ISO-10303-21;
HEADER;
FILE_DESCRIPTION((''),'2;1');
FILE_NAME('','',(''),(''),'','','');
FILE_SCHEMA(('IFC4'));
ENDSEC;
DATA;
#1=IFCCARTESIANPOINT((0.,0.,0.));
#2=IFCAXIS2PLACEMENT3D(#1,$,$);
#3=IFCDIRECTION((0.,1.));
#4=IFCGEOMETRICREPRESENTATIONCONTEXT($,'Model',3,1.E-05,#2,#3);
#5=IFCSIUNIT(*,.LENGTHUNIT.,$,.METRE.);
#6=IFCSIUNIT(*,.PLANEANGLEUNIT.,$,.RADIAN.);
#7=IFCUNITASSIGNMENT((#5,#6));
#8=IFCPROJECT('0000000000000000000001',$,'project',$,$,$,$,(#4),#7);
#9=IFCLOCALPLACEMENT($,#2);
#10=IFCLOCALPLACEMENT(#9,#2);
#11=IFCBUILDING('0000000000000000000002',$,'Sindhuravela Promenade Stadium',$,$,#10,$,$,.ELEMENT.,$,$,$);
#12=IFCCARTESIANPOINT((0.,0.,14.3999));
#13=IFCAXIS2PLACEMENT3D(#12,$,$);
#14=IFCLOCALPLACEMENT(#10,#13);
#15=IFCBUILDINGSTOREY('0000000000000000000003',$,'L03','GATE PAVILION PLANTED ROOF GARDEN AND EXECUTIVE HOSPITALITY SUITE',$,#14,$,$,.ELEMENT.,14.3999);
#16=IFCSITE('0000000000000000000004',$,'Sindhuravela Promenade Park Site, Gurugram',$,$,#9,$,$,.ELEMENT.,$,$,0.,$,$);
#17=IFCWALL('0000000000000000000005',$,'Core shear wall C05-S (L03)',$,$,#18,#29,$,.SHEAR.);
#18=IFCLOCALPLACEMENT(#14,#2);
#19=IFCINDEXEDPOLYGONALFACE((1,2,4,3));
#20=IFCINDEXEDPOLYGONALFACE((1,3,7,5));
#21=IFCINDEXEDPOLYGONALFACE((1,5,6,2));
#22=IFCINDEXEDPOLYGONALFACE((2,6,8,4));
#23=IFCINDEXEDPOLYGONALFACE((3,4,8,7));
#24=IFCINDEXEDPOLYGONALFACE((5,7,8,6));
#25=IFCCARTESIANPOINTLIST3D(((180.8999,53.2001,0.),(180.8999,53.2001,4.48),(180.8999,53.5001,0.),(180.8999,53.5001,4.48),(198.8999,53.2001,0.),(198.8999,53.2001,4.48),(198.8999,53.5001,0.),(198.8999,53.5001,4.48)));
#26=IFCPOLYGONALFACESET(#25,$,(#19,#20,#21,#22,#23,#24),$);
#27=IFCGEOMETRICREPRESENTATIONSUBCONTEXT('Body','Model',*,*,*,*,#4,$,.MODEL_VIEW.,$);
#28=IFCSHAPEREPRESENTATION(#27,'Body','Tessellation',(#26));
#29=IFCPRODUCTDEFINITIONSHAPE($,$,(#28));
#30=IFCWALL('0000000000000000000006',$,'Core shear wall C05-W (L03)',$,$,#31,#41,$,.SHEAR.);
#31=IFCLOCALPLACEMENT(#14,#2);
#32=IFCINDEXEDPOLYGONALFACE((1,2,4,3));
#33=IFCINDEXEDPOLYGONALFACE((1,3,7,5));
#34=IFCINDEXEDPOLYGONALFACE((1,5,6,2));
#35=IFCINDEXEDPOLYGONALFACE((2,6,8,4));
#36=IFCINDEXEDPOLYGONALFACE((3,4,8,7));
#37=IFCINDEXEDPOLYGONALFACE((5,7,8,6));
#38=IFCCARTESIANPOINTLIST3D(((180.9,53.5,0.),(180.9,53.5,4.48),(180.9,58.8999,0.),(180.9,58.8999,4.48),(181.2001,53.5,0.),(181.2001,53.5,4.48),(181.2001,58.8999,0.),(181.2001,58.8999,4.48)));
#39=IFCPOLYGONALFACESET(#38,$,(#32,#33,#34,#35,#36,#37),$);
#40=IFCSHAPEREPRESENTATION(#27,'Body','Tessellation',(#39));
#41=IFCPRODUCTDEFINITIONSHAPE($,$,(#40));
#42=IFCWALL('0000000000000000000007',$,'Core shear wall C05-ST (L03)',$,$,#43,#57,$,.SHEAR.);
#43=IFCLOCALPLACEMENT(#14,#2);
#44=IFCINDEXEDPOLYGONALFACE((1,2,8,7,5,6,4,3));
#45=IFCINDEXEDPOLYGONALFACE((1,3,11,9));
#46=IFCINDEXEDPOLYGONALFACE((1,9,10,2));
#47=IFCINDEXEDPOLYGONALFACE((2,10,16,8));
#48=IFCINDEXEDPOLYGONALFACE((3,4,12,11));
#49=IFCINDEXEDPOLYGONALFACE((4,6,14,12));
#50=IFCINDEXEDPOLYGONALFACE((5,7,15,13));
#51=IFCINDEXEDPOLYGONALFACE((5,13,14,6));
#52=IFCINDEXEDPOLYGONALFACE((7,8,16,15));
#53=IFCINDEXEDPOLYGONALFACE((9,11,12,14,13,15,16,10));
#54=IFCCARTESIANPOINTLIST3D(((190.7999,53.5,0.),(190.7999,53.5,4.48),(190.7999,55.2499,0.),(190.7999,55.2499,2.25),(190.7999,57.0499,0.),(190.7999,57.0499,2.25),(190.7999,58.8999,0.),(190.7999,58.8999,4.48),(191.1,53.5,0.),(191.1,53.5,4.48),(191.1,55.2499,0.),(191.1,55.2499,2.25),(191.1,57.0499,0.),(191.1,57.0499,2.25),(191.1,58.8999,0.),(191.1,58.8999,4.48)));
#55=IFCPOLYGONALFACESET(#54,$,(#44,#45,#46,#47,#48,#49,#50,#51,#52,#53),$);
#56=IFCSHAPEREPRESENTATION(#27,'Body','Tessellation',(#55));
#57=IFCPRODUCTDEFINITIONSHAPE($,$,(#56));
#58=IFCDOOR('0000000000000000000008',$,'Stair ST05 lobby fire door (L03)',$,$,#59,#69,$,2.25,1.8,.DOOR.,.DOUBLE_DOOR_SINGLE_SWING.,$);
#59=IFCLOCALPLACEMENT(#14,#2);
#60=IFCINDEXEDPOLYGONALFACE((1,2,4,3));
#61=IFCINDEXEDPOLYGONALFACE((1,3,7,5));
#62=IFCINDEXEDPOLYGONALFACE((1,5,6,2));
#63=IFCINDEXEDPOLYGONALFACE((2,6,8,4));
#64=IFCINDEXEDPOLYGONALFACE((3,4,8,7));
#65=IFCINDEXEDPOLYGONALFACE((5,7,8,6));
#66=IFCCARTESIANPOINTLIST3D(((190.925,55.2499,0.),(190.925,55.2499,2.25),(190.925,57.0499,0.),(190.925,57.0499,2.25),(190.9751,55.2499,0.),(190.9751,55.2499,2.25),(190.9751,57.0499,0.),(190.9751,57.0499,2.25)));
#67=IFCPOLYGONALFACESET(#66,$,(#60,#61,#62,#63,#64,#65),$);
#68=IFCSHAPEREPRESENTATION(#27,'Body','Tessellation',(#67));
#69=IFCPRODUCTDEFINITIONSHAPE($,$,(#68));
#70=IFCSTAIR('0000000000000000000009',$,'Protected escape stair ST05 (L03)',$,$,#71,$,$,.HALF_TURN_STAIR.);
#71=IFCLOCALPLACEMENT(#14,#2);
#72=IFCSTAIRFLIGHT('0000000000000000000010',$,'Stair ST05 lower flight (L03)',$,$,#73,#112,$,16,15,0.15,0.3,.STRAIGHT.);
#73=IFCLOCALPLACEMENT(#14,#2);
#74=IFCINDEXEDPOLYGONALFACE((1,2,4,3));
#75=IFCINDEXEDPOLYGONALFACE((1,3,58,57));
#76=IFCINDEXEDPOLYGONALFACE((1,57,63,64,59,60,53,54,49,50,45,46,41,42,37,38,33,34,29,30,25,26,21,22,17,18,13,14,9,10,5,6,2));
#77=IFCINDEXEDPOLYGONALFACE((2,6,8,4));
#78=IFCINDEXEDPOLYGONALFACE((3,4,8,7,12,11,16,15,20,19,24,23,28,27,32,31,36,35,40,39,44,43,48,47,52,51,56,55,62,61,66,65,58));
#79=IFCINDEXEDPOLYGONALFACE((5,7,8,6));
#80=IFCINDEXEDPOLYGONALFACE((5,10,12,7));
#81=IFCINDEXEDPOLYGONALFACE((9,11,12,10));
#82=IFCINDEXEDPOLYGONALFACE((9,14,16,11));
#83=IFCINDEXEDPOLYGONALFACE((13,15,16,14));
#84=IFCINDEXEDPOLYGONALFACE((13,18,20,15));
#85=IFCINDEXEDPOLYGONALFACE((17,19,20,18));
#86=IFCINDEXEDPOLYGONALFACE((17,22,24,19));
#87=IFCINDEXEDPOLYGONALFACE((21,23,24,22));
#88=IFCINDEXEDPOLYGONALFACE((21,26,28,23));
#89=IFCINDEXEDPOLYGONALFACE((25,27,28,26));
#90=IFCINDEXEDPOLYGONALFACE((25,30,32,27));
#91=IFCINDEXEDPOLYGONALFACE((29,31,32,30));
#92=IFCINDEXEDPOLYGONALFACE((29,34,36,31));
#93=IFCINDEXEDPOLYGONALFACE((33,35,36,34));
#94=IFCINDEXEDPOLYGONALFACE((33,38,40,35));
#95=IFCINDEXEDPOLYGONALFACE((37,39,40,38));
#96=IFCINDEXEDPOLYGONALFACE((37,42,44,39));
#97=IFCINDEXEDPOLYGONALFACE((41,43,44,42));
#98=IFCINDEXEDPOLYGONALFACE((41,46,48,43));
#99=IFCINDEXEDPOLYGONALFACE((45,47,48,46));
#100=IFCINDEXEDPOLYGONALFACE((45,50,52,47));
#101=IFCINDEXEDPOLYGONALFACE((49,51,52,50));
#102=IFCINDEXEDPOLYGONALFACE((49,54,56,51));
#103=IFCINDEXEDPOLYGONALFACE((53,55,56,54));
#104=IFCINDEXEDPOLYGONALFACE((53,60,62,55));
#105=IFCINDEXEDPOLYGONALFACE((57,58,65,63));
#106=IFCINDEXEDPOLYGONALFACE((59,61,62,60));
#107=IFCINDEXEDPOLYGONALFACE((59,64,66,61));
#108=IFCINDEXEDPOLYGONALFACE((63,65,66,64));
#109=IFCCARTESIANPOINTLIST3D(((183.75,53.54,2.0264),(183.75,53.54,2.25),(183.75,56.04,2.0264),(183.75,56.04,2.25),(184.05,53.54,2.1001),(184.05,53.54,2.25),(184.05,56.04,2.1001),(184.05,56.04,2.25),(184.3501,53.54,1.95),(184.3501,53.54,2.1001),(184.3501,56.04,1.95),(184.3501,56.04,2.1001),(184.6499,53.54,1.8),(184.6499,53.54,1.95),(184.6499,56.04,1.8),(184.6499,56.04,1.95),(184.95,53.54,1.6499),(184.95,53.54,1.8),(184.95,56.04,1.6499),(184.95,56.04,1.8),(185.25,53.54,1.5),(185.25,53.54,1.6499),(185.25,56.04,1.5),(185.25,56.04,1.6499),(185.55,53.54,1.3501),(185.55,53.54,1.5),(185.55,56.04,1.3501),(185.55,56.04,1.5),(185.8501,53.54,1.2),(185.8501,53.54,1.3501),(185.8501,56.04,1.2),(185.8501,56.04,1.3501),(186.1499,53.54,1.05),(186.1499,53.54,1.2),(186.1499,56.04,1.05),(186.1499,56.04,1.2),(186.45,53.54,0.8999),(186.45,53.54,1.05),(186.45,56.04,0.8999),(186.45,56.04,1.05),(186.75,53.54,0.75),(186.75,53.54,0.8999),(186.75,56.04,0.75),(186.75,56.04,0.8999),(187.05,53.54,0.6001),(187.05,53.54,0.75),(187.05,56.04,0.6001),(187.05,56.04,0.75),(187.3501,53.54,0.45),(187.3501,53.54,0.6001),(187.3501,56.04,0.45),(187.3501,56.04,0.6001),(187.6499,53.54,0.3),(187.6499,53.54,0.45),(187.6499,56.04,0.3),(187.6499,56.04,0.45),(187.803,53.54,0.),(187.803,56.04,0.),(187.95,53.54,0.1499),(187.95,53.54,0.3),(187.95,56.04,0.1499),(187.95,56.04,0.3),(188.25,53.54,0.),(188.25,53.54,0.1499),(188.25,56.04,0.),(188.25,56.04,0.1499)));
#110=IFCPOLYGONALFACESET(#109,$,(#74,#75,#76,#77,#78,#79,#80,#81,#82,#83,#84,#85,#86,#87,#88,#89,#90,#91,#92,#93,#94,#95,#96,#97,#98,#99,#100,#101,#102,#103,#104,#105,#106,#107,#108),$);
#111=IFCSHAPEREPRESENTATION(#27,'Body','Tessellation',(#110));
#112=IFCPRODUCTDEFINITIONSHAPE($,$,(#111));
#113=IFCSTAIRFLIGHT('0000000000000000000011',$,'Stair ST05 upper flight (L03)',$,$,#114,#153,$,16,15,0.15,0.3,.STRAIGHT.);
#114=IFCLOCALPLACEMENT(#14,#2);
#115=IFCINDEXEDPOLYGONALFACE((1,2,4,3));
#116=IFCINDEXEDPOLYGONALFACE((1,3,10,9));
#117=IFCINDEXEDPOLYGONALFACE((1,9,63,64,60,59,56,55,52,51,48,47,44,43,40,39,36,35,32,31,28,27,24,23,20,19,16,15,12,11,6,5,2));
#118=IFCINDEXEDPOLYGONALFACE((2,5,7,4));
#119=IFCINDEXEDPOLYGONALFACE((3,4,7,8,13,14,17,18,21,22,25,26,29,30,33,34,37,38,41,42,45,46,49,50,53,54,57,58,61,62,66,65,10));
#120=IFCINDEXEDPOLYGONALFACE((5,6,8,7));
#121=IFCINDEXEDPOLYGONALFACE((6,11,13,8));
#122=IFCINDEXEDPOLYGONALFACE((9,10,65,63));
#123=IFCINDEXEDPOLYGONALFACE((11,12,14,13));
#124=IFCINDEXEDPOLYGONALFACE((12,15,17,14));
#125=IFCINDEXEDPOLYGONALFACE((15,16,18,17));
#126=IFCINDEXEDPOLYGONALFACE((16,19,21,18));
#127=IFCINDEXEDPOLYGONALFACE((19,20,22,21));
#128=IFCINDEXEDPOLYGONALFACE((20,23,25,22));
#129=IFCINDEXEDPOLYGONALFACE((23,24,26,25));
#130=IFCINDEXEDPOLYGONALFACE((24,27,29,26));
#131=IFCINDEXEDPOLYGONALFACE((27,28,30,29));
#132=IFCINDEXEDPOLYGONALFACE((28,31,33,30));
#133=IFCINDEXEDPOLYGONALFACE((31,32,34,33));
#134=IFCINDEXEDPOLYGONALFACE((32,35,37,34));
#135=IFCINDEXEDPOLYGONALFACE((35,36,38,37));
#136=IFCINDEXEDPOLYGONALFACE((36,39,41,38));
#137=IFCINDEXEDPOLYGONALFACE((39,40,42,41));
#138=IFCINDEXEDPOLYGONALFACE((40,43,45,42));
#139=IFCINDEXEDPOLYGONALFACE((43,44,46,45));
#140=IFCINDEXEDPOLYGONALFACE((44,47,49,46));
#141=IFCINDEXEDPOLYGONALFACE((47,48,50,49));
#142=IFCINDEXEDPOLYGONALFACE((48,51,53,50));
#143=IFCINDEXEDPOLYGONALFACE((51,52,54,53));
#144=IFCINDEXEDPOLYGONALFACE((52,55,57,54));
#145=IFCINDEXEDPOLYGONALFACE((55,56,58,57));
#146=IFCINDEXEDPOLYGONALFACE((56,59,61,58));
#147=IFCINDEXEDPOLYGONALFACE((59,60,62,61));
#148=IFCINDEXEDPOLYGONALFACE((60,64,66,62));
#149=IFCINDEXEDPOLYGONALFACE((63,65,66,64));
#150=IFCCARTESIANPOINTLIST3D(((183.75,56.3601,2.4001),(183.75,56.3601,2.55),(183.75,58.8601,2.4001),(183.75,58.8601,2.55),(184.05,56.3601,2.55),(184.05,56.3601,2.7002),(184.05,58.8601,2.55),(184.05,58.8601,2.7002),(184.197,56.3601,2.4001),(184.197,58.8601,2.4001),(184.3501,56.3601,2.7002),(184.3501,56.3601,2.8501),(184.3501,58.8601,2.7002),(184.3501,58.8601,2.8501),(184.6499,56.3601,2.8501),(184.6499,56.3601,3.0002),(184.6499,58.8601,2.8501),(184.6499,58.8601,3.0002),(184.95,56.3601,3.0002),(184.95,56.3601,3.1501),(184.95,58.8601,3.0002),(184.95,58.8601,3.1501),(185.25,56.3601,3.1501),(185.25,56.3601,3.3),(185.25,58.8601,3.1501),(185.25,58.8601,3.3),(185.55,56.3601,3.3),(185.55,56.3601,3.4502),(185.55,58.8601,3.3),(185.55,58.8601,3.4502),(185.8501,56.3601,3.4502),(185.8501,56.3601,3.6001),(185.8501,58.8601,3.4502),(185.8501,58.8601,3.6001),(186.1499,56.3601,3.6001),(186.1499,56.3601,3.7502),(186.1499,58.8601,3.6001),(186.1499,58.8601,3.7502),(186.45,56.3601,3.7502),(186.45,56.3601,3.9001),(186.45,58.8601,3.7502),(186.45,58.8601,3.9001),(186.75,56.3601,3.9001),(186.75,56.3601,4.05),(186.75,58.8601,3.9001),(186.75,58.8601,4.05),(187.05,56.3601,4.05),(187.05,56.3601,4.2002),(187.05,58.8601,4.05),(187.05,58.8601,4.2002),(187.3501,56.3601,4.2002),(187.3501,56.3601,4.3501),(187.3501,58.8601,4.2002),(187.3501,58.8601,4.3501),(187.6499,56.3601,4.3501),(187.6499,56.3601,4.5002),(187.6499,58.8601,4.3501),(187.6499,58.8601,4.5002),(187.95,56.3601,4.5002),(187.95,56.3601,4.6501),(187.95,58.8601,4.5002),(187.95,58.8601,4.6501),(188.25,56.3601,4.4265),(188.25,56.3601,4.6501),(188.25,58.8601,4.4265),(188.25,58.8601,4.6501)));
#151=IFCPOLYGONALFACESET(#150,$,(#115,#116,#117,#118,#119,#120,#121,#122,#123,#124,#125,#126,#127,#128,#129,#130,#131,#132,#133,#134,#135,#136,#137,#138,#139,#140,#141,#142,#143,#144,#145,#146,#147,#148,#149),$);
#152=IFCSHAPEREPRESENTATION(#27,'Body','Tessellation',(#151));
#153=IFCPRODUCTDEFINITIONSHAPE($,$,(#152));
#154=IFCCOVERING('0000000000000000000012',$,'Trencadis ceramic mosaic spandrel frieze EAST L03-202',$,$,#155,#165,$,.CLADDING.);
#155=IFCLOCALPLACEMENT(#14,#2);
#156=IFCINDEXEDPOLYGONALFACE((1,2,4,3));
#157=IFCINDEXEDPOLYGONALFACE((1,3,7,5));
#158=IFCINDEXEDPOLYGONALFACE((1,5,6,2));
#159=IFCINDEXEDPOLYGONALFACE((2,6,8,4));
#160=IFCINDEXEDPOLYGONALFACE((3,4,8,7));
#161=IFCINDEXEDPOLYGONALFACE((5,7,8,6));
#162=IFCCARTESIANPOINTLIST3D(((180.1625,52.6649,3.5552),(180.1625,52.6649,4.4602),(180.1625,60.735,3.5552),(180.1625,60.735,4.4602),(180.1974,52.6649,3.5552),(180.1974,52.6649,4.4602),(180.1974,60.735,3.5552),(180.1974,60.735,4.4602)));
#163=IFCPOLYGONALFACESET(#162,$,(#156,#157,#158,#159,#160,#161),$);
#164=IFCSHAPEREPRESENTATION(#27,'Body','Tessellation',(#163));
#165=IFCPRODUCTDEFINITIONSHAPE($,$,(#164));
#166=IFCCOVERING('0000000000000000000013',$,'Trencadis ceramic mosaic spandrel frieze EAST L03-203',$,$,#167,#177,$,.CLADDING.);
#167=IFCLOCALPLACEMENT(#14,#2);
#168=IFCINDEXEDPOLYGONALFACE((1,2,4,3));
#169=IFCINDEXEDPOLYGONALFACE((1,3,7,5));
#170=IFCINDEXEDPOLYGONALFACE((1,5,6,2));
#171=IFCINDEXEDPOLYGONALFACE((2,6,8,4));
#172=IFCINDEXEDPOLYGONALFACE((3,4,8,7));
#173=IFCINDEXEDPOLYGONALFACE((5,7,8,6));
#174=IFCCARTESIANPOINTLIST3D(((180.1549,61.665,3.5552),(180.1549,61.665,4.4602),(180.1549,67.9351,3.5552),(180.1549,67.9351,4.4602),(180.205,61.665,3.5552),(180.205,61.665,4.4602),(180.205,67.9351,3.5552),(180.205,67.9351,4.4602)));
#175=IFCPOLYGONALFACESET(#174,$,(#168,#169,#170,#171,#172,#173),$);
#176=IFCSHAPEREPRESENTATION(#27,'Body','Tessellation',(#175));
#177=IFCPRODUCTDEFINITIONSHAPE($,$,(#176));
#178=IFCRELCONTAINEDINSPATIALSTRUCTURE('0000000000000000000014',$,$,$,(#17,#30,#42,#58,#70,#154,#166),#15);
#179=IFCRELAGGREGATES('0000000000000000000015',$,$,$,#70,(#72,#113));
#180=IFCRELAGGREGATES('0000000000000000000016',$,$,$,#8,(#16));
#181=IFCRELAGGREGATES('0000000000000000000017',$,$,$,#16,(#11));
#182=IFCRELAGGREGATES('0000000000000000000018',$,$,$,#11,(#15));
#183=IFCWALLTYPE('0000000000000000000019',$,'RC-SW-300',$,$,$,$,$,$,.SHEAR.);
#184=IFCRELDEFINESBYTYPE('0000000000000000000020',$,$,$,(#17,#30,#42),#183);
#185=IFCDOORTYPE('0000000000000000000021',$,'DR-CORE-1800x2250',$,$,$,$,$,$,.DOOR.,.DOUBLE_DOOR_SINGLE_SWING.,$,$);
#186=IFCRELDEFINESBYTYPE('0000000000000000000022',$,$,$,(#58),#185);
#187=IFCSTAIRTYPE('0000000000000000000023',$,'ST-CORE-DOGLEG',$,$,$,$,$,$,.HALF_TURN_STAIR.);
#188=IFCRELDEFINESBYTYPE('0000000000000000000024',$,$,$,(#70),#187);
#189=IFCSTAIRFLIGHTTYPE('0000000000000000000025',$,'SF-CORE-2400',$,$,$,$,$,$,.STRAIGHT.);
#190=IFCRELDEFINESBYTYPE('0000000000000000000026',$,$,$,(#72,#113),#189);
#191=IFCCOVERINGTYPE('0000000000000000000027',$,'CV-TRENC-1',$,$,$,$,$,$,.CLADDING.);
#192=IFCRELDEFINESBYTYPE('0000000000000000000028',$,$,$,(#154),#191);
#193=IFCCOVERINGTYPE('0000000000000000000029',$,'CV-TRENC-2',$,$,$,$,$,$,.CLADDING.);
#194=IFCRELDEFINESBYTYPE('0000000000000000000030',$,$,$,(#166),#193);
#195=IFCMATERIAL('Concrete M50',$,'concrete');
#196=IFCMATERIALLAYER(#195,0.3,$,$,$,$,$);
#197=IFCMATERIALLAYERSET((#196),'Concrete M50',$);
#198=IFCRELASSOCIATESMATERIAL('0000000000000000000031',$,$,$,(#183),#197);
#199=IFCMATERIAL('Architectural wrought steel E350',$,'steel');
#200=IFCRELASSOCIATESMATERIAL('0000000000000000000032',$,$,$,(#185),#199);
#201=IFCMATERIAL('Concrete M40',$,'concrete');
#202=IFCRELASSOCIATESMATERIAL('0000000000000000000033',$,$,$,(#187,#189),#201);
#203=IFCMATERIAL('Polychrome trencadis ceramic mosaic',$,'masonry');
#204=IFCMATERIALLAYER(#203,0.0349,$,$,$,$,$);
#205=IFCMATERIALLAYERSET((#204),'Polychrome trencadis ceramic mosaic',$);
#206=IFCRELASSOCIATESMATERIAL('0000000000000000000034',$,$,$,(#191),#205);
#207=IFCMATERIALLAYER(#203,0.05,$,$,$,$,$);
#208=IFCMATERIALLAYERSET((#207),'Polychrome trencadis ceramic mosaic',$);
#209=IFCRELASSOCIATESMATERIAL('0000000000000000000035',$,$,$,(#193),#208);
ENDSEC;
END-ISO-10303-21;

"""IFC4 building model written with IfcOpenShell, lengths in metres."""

from ifc_helpers import new_model, si_unit, direction, frame, frame_2d, origin, origin_2d, place, context, subcontext, project, spatial, polyline, rectangle, outline, extrude, material, layer, layer_set, type_object, element, fill, aggregate, save


model = new_model("IFC4")

# Units and contexts
model_context = context("Model", 3, precision=1e-05, world=origin(), true_north=direction((0.0, 1.0)))
body_context = subcontext(model_context, "Body", "Model", "MODEL_VIEW")
ifc_project = project(units=[si_unit("LENGTHUNIT", "METRE"), si_unit("PLANEANGLEUNIT", "RADIAN")], contexts=[model_context])

# Site, building, storey
site_placement = place(None, origin())
site = spatial("IfcSite", under=ifc_project, at=site_placement, Name="Sindhuravela Promenade Park Site, Gurugram", CompositionType="ELEMENT", RefElevation=0.0)
building_placement = place(site_placement, origin())
building = spatial("IfcBuilding", under=site, at=building_placement, Name="Sindhuravela Promenade Stadium", CompositionType="ELEMENT")
storey_placement = place(building_placement, frame((0.0, 0.0, 14.3999)))
storey = spatial("IfcBuildingStorey", under=building, at=storey_placement, Name="L03", Description="GATE PAVILION PLANTED ROOF GARDEN AND EXECUTIVE HOSPITALITY SUITE", CompositionType="ELEMENT", Elevation=14.3999)

# Shared definitions
ifc_material_1 = material(Name="Concrete M40", Category="concrete")

# Walls
ifc_material_2 = material(Name="Concrete M50", Category="concrete")
ifc_layer_1 = layer(ifc_material_2, 0.3)
ifc_layer_set_1 = layer_set([ifc_layer_1], Name="Concrete M50")
wall_type_1 = type_object("IfcWallType", Name="RC-SW-300", PredefinedType="SHEAR", material=ifc_layer_set_1)
wall_1_placement = place(storey_placement, frame((180.8999, 53.3501, 0.0), z_axis=(0.0, 0.0, 1.0), x_axis=(1.0, 0.0, 0.0)))
element("IfcWall", 1, at=wall_1_placement, inside=storey, type_object=wall_type_1, Name="Core shear wall C05-S (L03)", PredefinedType="SHEAR", context=body_context, shape_type="SweptSolid", body=[
    extrude(rectangle(XDim=18.0, YDim=0.3, at=frame_2d((9.0, 0.0))), origin(), (0.0, 0.0, 1.0), 4.48),
])
wall_2_placement = place(storey_placement, frame((181.05, 58.8999, 0.0), z_axis=(0.0, 0.0, 1.0), x_axis=(0.0, -1.0, 0.0)))
element("IfcWall", 2, at=wall_2_placement, inside=storey, type_object=wall_type_1, Name="Core shear wall C05-W (L03)", PredefinedType="SHEAR", context=body_context, shape_type="SweptSolid", body=[
    extrude(rectangle(XDim=5.3999, YDim=0.3, at=frame_2d((2.7, 0.0))), origin(), (0.0, 0.0, 1.0), 4.48),
])

# Wall, opening, door
wall_3_placement = place(storey_placement, frame((190.95, 53.5, 0.0), z_axis=(0.0, 0.0, 1.0), x_axis=(0.0, 1.0, 0.0)))
wall_3 = element("IfcWall", 3, at=wall_3_placement, inside=storey, type_object=wall_type_1, Name="Core shear wall C05-ST (L03)", PredefinedType="SHEAR", context=body_context, shape_type="SweptSolid", body=[
    extrude(rectangle(XDim=5.3999, YDim=0.3, at=frame_2d((2.7, 0.0))), origin(), (0.0, 0.0, 1.0), 4.48),
])
opening_1_placement = place(wall_3_placement, frame((1.75, 0.0, 0.0)))
opening_1 = element("IfcOpeningElement", 4, at=opening_1_placement, cuts=wall_3, PredefinedType="OPENING", context=body_context, shape_type="SweptSolid", body=[
    extrude(rectangle(XDim=1.8, YDim=2.25, at=frame_2d((0.8999, 1.125))), frame((0.0, 0.1599, 0.0), z_axis=(0.0, -1.0, 0.0), x_axis=(1.0, 0.0, 0.0)), (0.0, 0.0, 1.0), 0.3201),
])
ifc_material_3 = material(Name="Architectural wrought steel E350", Category="steel")
door_type_1 = type_object("IfcDoorType", Name="DR-CORE-1800x2250", OperationType="DOUBLE_DOOR_SINGLE_SWING", PredefinedType="DOOR", material=ifc_material_3)
door_1_placement = place(opening_1_placement, origin())
door_1 = element("IfcDoor", 5, at=door_1_placement, inside=storey, type_object=door_type_1, Name="Stair ST05 lobby fire door (L03)", OperationType="DOUBLE_DOOR_SINGLE_SWING", OverallHeight=2.25, OverallWidth=1.8, PredefinedType="DOOR", context=body_context, shape_type="SweptSolid", body=[
    extrude(rectangle(XDim=1.8, YDim=2.25, at=frame_2d((0.8999, 1.125))), frame((0.0, 0.0249, 0.0), z_axis=(0.0, -1.0, 0.0), x_axis=(1.0, 0.0, 0.0)), (0.0, 0.0, 1.0), 0.05),
])
fill(opening_1, door_1)

# Stair, stair flights
stair_type = type_object("IfcStairType", Name="ST-CORE-DOGLEG", PredefinedType="HALF_TURN_STAIR", material=ifc_material_1)
stair_placement = place(storey_placement, origin())
stair = element("IfcStair", 6, at=stair_placement, inside=storey, type_object=stair_type, Name="Protected escape stair ST05 (L03)", PredefinedType="HALF_TURN_STAIR")
stair_flight_type = type_object("IfcStairFlightType", Name="SF-CORE-2400", PredefinedType="STRAIGHT", material=ifc_material_1)
stair_flight_1_placement = place(storey_placement, frame((188.25, 54.79, 0.0), z_axis=(0.0, 0.0, 1.0), x_axis=(-1.0, 0.0, 0.0)))
stair_flight_1 = element("IfcStairFlight", 7, at=stair_flight_1_placement, type_object=stair_flight_type, Name="Stair ST05 lower flight (L03)", NumberOfRisers=16, NumberOfTreads=15, PredefinedType="STRAIGHT", RiserHeight=0.15, TreadLength=0.3, context=body_context, shape_type="SweptSolid", body=[
    extrude(outline(polyline([(0.0, 0.0), (0.0, 0.1499), (0.3, 0.1499), (0.3, 0.3), (0.6001, 0.3), (0.6001, 0.45), (0.8999, 0.45), (0.8999, 0.6001), (1.2, 0.6001), (1.2, 0.75), (1.5, 0.75), (1.5, 0.8999), (1.8, 0.8999), (1.8, 1.05), (2.1001, 1.05), (2.1001, 1.2), (2.3999, 1.2), (2.3999, 1.3501), (2.7, 1.3501), (2.7, 1.5), (3.0, 1.5), (3.0, 1.6499), (3.3, 1.6499), (3.3, 1.8), (3.6001, 1.8), (3.6001, 1.95), (3.8999, 1.95), (3.8999, 2.1001), (4.2, 2.1001), (4.2, 2.25), (4.5, 2.25), (4.5, 2.3999), (4.5, 2.0264), (0.447, 0.0), (0.0, 0.0)])), frame((0.0, 1.25, 0.0), z_axis=(0.0, -1.0, 0.0), x_axis=(1.0, 0.0, 0.0)), (0.0, 0.0, 1.0), 2.5),
])
stair_flight_2_placement = place(storey_placement, frame((183.75, 57.6101, 2.4001), z_axis=(0.0, 0.0, 1.0), x_axis=(1.0, 0.0, 0.0)))
stair_flight_2 = element("IfcStairFlight", 8, at=stair_flight_2_placement, type_object=stair_flight_type, Name="Stair ST05 upper flight (L03)", NumberOfRisers=16, NumberOfTreads=15, PredefinedType="STRAIGHT", RiserHeight=0.15, TreadLength=0.3, context=body_context, shape_type="SweptSolid", body=[
    extrude(outline(polyline([(0.0, 0.0), (0.0, 0.1499), (0.3, 0.1499), (0.3, 0.3), (0.6001, 0.3), (0.6001, 0.45), (0.8999, 0.45), (0.8999, 0.6001), (1.2, 0.6001), (1.2, 0.75), (1.5, 0.75), (1.5, 0.8999), (1.8, 0.8999), (1.8, 1.05), (2.1001, 1.05), (2.1001, 1.2), (2.3999, 1.2), (2.3999, 1.3501), (2.7, 1.3501), (2.7, 1.5), (3.0, 1.5), (3.0, 1.6499), (3.3, 1.6499), (3.3, 1.8), (3.6001, 1.8), (3.6001, 1.95), (3.8999, 1.95), (3.8999, 2.1001), (4.2, 2.1001), (4.2, 2.25), (4.5, 2.25), (4.5, 2.3999), (4.5, 2.0264), (0.447, 0.0), (0.0, 0.0)])), frame((0.0, 1.25, 0.0), z_axis=(0.0, -1.0, 0.0), x_axis=(1.0, 0.0, 0.0)), (0.0, 0.0, 1.0), 2.5),
])
aggregate(stair, [stair_flight_1, stair_flight_2])

# Coverings
ifc_material_4 = material(Name="Polychrome trencadis ceramic mosaic", Category="masonry")
ifc_layer_2 = layer(ifc_material_4, 0.0349)
ifc_layer_set_2 = layer_set([ifc_layer_2], Name="Polychrome trencadis ceramic mosaic")
covering_type_1 = type_object("IfcCoveringType", Name="CV-TRENC-1", PredefinedType="CLADDING", material=ifc_layer_set_2)
covering_1_placement = place(storey_placement, frame((180.1799, 56.7, 3.5552), z_axis=(0.0, 0.0, 1.0), x_axis=(0.0, 1.0, 0.0)))
element("IfcCovering", 9, at=covering_1_placement, inside=storey, type_object=covering_type_1, Name="Trencadis ceramic mosaic spandrel frieze EAST L03-202", PredefinedType="CLADDING", context=body_context, shape_type="SweptSolid", body=[
    extrude(rectangle(XDim=8.0701, YDim=0.0349, at=origin_2d()), origin(), (0.0, 0.0, 1.0), 0.905),
])
ifc_layer_3 = layer(ifc_material_4, 0.05)
ifc_layer_set_3 = layer_set([ifc_layer_3], Name="Polychrome trencadis ceramic mosaic")
covering_type_2 = type_object("IfcCoveringType", Name="CV-TRENC-2", PredefinedType="CLADDING", material=ifc_layer_set_3)
covering_2_placement = place(storey_placement, frame((180.1799, 64.8, 3.5552), z_axis=(0.0, 0.0, 1.0), x_axis=(0.0, 1.0, 0.0)))
element("IfcCovering", 10, at=covering_2_placement, inside=storey, type_object=covering_type_2, Name="Trencadis ceramic mosaic spandrel frieze EAST L03-203", PredefinedType="CLADDING", context=body_context, shape_type="SweptSolid", body=[
    extrude(rectangle(XDim=6.27, YDim=0.05, at=origin_2d()), origin(), (0.0, 0.0, 1.0), 0.905),
])

save(model, "model.ifc")
